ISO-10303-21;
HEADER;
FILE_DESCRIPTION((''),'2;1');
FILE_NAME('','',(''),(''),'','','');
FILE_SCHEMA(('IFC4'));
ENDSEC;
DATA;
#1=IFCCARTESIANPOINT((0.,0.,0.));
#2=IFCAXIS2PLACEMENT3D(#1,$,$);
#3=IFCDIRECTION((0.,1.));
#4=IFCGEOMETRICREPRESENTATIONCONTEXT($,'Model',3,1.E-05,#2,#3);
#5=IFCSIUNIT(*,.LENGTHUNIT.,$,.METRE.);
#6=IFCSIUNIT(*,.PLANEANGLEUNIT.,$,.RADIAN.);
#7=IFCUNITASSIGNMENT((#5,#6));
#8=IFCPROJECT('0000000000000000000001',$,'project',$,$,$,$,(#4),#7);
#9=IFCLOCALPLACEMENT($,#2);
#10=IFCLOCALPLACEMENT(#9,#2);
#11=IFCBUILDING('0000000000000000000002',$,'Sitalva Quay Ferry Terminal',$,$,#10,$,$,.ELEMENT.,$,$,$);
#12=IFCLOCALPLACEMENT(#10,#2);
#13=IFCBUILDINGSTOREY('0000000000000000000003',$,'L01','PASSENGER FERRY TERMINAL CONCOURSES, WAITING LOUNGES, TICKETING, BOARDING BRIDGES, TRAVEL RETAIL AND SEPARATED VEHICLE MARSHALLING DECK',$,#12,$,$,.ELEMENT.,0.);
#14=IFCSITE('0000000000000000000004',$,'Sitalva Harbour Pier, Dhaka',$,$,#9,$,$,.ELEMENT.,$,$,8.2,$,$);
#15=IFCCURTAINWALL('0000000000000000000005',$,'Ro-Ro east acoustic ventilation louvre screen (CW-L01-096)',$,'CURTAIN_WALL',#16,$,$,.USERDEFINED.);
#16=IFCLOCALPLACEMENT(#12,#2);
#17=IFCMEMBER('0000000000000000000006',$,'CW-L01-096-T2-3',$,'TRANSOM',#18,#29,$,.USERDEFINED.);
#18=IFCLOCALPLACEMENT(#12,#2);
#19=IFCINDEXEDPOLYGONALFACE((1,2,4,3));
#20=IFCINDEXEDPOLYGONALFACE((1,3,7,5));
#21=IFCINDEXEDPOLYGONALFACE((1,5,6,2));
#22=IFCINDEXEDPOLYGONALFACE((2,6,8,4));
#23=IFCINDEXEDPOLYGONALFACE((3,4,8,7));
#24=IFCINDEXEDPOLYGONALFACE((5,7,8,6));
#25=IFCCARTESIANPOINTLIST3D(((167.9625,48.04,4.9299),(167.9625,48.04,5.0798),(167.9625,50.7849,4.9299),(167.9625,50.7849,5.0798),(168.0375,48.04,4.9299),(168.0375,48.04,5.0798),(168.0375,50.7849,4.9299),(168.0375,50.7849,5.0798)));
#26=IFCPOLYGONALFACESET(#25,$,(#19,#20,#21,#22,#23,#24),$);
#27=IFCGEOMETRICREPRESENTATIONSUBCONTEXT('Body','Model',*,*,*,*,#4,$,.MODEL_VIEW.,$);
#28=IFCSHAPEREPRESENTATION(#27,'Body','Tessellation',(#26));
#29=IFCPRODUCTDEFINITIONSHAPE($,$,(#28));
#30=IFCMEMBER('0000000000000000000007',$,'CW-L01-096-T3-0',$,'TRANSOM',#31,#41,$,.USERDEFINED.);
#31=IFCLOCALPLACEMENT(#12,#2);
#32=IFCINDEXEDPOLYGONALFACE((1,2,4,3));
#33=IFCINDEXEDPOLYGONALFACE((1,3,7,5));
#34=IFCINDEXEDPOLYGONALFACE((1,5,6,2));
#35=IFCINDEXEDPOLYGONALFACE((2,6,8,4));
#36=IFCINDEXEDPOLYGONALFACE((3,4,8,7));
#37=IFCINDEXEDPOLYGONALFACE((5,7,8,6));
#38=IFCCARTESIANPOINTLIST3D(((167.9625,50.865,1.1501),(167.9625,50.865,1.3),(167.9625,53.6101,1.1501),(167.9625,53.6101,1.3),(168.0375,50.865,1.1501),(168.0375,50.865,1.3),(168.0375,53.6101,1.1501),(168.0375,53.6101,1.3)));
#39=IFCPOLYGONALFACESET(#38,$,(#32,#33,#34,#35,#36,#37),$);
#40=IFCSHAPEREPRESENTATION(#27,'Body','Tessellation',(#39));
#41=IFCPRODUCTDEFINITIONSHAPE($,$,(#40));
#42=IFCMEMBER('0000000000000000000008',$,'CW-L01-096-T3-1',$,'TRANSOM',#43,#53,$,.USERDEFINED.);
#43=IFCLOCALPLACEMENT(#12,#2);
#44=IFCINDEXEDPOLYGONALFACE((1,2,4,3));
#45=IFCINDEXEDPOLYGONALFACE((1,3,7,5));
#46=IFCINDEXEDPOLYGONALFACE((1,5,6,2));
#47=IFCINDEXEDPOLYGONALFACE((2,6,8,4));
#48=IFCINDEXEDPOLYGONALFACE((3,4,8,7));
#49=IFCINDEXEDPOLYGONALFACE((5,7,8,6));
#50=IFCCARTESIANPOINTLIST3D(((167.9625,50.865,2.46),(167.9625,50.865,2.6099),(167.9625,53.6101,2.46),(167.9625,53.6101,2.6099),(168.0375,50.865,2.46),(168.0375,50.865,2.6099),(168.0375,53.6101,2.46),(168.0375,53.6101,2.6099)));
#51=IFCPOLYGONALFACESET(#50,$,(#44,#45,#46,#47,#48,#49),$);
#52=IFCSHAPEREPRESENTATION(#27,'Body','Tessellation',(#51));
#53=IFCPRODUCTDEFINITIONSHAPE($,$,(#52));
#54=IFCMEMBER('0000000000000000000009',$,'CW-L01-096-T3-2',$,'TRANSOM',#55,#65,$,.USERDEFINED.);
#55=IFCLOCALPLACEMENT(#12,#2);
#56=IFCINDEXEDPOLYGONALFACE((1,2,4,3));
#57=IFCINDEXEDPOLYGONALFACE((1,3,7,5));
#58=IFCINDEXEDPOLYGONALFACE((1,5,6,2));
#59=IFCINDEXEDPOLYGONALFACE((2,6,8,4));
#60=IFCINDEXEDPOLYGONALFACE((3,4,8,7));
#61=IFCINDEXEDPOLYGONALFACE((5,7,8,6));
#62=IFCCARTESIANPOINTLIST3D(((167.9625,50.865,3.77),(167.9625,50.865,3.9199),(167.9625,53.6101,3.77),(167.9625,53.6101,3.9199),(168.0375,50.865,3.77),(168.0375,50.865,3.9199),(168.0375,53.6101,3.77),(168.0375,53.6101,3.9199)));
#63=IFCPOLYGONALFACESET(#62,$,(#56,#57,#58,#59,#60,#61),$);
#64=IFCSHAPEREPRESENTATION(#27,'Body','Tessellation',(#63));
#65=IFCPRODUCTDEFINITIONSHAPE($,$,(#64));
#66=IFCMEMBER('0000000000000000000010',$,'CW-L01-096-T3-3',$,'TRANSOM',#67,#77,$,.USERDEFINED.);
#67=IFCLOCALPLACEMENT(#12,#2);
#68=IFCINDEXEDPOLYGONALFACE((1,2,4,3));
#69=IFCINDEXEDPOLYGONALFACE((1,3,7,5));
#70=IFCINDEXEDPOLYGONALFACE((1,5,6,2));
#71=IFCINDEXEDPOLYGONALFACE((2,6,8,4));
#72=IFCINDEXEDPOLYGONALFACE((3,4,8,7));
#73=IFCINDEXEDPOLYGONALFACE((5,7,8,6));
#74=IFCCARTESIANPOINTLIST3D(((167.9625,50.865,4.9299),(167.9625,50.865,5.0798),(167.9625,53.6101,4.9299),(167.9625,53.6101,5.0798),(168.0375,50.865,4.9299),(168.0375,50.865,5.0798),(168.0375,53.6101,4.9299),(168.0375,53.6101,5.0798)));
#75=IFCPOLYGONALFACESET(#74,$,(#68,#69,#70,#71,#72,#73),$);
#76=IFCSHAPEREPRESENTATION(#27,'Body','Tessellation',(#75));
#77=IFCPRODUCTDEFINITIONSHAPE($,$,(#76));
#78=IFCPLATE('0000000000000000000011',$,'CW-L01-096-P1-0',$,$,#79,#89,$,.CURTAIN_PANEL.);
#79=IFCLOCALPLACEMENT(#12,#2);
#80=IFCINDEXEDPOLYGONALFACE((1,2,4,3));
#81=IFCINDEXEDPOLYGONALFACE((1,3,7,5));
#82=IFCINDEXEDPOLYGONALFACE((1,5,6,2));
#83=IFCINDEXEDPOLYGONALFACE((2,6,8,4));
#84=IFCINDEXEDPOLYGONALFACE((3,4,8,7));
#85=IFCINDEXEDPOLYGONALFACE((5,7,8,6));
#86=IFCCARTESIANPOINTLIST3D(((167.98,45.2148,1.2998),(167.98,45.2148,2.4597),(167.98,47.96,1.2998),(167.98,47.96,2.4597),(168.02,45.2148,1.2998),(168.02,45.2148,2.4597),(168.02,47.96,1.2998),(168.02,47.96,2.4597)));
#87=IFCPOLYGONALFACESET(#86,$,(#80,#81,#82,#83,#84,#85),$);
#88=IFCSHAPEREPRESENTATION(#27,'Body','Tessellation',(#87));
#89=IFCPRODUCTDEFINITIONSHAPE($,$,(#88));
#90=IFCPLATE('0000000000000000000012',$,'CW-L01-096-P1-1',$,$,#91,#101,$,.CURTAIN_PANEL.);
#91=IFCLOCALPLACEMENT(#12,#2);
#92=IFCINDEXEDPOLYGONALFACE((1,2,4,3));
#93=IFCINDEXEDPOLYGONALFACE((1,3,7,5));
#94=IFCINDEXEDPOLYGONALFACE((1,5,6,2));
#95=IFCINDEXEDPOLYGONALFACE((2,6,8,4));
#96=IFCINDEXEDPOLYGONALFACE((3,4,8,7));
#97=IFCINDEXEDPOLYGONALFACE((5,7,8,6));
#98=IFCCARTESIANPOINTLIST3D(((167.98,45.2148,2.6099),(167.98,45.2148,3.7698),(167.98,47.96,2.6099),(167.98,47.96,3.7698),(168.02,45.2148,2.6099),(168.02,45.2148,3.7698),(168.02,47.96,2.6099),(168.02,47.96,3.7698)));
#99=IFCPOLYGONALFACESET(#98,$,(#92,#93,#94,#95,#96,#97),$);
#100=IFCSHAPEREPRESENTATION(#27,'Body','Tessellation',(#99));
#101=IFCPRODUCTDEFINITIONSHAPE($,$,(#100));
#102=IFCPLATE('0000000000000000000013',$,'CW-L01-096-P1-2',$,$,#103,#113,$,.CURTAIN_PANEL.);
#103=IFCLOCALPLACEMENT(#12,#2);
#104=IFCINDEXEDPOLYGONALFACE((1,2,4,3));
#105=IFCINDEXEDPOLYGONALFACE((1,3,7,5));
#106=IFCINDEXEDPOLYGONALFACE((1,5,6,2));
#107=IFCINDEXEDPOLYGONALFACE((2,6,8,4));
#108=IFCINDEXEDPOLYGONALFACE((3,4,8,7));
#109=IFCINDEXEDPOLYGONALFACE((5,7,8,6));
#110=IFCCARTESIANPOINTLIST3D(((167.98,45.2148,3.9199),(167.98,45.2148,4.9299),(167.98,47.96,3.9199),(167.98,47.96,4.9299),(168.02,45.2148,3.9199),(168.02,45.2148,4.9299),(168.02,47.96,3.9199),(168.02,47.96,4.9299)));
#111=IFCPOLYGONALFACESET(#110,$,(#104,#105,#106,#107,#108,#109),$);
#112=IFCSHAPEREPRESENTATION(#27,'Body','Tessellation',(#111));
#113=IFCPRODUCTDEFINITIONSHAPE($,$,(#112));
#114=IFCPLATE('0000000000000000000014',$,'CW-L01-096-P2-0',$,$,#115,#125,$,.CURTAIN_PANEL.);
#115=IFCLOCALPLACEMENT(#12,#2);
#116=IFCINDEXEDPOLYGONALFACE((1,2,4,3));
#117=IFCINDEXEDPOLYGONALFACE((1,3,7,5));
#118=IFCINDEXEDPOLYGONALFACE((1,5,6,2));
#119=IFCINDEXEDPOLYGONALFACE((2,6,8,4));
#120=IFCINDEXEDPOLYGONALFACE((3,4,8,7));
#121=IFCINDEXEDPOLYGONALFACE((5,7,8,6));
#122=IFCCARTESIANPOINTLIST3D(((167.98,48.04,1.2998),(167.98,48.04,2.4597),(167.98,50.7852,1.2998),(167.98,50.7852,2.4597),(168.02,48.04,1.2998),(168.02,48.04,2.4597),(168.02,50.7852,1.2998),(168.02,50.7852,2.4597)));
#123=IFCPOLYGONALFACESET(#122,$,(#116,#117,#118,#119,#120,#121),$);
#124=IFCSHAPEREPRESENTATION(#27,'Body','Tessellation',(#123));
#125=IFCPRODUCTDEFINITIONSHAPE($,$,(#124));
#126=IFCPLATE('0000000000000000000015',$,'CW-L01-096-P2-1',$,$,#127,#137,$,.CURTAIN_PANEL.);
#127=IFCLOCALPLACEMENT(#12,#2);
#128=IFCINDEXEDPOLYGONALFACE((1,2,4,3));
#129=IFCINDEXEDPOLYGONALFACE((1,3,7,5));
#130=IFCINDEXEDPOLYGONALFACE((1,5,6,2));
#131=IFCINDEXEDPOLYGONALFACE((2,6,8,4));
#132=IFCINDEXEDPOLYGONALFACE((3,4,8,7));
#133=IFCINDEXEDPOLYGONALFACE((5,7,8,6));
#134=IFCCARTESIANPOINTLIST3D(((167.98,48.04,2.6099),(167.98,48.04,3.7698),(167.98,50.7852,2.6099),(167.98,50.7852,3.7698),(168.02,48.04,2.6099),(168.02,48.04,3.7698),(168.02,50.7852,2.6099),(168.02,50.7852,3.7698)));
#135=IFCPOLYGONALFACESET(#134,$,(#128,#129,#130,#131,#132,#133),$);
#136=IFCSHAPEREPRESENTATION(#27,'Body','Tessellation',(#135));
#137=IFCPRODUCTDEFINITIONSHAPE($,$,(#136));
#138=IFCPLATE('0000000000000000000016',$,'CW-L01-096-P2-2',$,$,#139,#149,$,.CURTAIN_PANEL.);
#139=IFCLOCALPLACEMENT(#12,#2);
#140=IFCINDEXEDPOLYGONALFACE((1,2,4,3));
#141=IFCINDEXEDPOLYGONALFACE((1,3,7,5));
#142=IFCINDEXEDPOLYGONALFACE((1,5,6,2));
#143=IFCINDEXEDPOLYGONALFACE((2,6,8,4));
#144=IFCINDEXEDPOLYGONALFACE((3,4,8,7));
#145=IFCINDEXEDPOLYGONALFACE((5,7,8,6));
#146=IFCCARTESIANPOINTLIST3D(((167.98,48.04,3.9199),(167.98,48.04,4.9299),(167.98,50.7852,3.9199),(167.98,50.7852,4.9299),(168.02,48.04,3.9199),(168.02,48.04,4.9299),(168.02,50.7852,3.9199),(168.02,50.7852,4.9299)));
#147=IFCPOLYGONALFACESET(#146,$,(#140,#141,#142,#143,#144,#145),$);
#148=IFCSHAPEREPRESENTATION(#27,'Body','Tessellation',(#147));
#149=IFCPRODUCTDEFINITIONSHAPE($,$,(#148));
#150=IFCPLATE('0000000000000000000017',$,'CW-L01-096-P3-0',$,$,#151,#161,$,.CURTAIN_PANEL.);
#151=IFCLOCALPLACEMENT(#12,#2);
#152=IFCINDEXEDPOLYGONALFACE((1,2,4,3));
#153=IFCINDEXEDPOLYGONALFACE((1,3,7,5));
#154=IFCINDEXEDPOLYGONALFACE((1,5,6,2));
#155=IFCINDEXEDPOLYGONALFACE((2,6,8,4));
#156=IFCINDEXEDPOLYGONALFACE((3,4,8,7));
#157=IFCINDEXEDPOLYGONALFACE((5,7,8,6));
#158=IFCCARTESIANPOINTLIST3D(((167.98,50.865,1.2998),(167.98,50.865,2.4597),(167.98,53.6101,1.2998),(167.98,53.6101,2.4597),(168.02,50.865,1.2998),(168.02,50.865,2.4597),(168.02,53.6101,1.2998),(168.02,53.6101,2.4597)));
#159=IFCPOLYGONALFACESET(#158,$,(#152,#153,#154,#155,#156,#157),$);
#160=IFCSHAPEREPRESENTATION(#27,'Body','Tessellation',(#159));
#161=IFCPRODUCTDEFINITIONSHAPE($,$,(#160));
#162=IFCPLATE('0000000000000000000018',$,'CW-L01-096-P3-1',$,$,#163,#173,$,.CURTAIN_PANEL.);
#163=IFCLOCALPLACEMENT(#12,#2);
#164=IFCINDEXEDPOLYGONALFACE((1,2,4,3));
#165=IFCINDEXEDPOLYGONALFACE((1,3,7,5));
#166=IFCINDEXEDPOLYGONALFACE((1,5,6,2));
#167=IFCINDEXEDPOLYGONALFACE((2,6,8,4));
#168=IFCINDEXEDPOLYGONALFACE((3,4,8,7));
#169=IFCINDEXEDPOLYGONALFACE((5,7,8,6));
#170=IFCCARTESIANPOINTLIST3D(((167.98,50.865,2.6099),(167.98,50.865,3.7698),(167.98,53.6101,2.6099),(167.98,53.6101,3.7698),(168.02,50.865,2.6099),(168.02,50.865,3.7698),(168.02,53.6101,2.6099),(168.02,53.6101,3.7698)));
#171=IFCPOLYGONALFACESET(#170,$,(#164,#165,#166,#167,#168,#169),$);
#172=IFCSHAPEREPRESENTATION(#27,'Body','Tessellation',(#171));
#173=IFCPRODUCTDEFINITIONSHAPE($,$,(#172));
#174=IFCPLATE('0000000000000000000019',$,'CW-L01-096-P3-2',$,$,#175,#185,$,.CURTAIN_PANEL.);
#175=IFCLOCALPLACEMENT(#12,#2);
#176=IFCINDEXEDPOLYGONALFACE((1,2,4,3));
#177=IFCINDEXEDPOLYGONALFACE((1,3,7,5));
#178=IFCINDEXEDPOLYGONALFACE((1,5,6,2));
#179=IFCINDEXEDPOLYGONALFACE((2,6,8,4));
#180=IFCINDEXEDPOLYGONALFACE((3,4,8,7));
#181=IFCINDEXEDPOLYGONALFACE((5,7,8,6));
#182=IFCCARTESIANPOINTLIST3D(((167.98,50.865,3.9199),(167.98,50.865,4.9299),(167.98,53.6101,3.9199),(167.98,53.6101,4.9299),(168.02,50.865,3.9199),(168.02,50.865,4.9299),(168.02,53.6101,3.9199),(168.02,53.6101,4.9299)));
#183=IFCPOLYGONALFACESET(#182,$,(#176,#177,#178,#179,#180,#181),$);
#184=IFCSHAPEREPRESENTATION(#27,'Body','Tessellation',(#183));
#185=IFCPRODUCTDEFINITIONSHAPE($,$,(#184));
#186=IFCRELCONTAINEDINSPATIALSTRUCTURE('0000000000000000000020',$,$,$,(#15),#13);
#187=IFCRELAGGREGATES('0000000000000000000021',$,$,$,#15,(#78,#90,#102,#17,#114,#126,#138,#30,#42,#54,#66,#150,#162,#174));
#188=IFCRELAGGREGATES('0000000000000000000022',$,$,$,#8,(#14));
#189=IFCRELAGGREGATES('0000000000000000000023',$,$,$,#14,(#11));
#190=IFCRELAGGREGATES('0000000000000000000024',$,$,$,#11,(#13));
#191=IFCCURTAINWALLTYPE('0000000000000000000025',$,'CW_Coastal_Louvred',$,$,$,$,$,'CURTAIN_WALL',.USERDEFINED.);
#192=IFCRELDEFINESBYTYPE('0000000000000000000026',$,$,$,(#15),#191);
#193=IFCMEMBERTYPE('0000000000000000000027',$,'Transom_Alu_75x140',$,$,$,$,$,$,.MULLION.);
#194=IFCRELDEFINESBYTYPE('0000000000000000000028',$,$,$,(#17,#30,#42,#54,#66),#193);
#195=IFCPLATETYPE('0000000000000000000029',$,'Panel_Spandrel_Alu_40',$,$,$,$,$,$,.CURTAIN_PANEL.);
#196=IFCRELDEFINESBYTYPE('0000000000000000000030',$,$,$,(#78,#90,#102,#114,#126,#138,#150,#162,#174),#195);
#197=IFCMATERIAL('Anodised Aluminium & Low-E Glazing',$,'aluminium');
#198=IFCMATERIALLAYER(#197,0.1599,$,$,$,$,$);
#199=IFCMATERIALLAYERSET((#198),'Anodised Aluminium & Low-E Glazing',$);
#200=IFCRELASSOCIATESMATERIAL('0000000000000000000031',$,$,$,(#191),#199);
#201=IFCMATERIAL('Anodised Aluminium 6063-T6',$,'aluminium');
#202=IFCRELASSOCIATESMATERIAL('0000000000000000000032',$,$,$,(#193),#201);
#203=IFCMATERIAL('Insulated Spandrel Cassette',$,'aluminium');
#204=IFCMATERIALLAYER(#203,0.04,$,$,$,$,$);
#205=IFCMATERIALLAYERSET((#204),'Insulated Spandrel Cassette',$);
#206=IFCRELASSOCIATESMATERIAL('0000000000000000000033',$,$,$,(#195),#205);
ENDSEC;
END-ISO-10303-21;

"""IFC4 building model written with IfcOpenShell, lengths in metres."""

from ifc_helpers import new_model, si_unit, direction, frame, origin, origin_2d, place, context, subcontext, project, spatial, rectangle, extrude, material, layer, layer_set, material_profile, profile_set, type_object, element, aggregate, save


model = new_model("IFC4")

# Units and contexts
model_context = context("Model", 3, precision=1e-05, world=origin(), true_north=direction((0.0, 1.0)))
body_context = subcontext(model_context, "Body", "Model", "MODEL_VIEW")
ifc_project = project(units=[si_unit("LENGTHUNIT", "METRE"), si_unit("PLANEANGLEUNIT", "RADIAN")], contexts=[model_context])

# Site, building, storey
site_placement = place(None, origin())
site = spatial("IfcSite", under=ifc_project, at=site_placement, Name="Sitalva Harbour Pier, Dhaka", CompositionType="ELEMENT", RefElevation=8.2)
building_placement = place(site_placement, origin())
building = spatial("IfcBuilding", under=site, at=building_placement, Name="Sitalva Quay Ferry Terminal", CompositionType="ELEMENT")
storey_placement = place(building_placement, origin())
storey = spatial("IfcBuildingStorey", under=building, at=storey_placement, Name="L01", Description="PASSENGER FERRY TERMINAL CONCOURSES, WAITING LOUNGES, TICKETING, BOARDING BRIDGES, TRAVEL RETAIL AND SEPARATED VEHICLE MARSHALLING DECK", CompositionType="ELEMENT", Elevation=0.0)

# Curtain wall, members, plates
ifc_material_1 = material(Name="Anodised Aluminium & Low-E Glazing", Category="aluminium")
ifc_layer_1 = layer(ifc_material_1, 0.1599)
ifc_layer_set_1 = layer_set([ifc_layer_1], Name="Anodised Aluminium & Low-E Glazing")
curtain_wall_type = type_object("IfcCurtainWallType", Name="CW_Coastal_Louvred", ElementType="CURTAIN_WALL", PredefinedType="USERDEFINED", material=ifc_layer_set_1)
curtain_wall_placement = place(storey_placement, origin())
curtain_wall = element("IfcCurtainWall", 1, at=curtain_wall_placement, inside=storey, type_object=curtain_wall_type, Name="Ro-Ro east acoustic ventilation louvre screen (CW-L01-096)", ObjectType="CURTAIN_WALL", PredefinedType="USERDEFINED")
ifc_material_2 = material(Name="Anodised Aluminium 6063-T6", Category="aluminium")
ifc_material_profile_1 = material_profile(ifc_material_2, rectangle(XDim=0.075, YDim=0.1499, at=origin_2d()), Name="ALU75x150")
ifc_profile_set_1 = profile_set([ifc_material_profile_1], Name="Anodised Aluminium 6063-T6")
member_type_1 = type_object("IfcMemberType", Name="Transom_Alu_75x140", PredefinedType="MULLION", material=ifc_profile_set_1)
member_1_placement = place(storey_placement, frame((168.0, 48.04, 5.0049), z_axis=(0.0, 1.0, 0.0), x_axis=(-1.0, 0.0, 0.0)))
member_1 = element("IfcMember", 2, at=member_1_placement, type_object=member_type_1, Name="CW-L01-096-T2-3", ObjectType="TRANSOM", PredefinedType="USERDEFINED", context=body_context, shape_type="SweptSolid", body=[
    extrude(rectangle(XDim=0.075, YDim=0.1499, at=origin_2d()), origin(), (0.0, 0.0, 1.0), 2.7449),
])
member_2_placement = place(storey_placement, frame((168.0, 50.865, 1.2251), z_axis=(0.0, 1.0, 0.0), x_axis=(-1.0, 0.0, 0.0)))
member_2 = element("IfcMember", 3, at=member_2_placement, type_object=member_type_1, Name="CW-L01-096-T3-0", ObjectType="TRANSOM", PredefinedType="USERDEFINED", context=body_context, shape_type="SweptSolid", body=[
    extrude(rectangle(XDim=0.075, YDim=0.1499, at=origin_2d()), origin(), (0.0, 0.0, 1.0), 2.7451),
])
member_3_placement = place(storey_placement, frame((168.0, 50.865, 2.5349), z_axis=(0.0, 1.0, 0.0), x_axis=(-1.0, 0.0, 0.0)))
member_3 = element("IfcMember", 4, at=member_3_placement, type_object=member_type_1, Name="CW-L01-096-T3-1", ObjectType="TRANSOM", PredefinedType="USERDEFINED", context=body_context, shape_type="SweptSolid", body=[
    extrude(rectangle(XDim=0.075, YDim=0.1499, at=origin_2d()), origin(), (0.0, 0.0, 1.0), 2.7451),
])
member_4_placement = place(storey_placement, frame((168.0, 50.865, 3.845), z_axis=(0.0, 1.0, 0.0), x_axis=(-1.0, 0.0, 0.0)))
member_4 = element("IfcMember", 5, at=member_4_placement, type_object=member_type_1, Name="CW-L01-096-T3-2", ObjectType="TRANSOM", PredefinedType="USERDEFINED", context=body_context, shape_type="SweptSolid", body=[
    extrude(rectangle(XDim=0.075, YDim=0.1499, at=origin_2d()), origin(), (0.0, 0.0, 1.0), 2.7451),
])
member_5_placement = place(storey_placement, frame((168.0, 50.865, 5.0049), z_axis=(0.0, 1.0, 0.0), x_axis=(-1.0, 0.0, 0.0)))
member_5 = element("IfcMember", 6, at=member_5_placement, type_object=member_type_1, Name="CW-L01-096-T3-3", ObjectType="TRANSOM", PredefinedType="USERDEFINED", context=body_context, shape_type="SweptSolid", body=[
    extrude(rectangle(XDim=0.075, YDim=0.1499, at=origin_2d()), origin(), (0.0, 0.0, 1.0), 2.7451),
])
ifc_material_3 = material(Name="Insulated Spandrel Cassette", Category="aluminium")
ifc_layer_2 = layer(ifc_material_3, 0.04)
ifc_layer_set_2 = layer_set([ifc_layer_2], Name="Insulated Spandrel Cassette")
plate_type = type_object("IfcPlateType", Name="Panel_Spandrel_Alu_40", PredefinedType="CURTAIN_PANEL", material=ifc_layer_set_2)
plate_1_placement = place(storey_placement, frame((168.0, 46.5874, 1.2998), z_axis=(0.0, 0.0, 1.0), x_axis=(0.0, 1.0, 0.0)))
plate_1 = element("IfcPlate", 7, at=plate_1_placement, type_object=plate_type, Name="CW-L01-096-P1-0", PredefinedType="CURTAIN_PANEL", context=body_context, shape_type="SweptSolid", body=[
    extrude(rectangle(XDim=2.7451, YDim=0.04, at=origin_2d()), origin(), (0.0, 0.0, 1.0), 1.1599),
])
plate_2_placement = place(storey_placement, frame((168.0, 46.5874, 2.6099), z_axis=(0.0, 0.0, 1.0), x_axis=(0.0, 1.0, 0.0)))
plate_2 = element("IfcPlate", 8, at=plate_2_placement, type_object=plate_type, Name="CW-L01-096-P1-1", PredefinedType="CURTAIN_PANEL", context=body_context, shape_type="SweptSolid", body=[
    extrude(rectangle(XDim=2.7451, YDim=0.04, at=origin_2d()), origin(), (0.0, 0.0, 1.0), 1.1599),
])
plate_3_placement = place(storey_placement, frame((168.0, 46.5874, 3.9199), z_axis=(0.0, 0.0, 1.0), x_axis=(0.0, 1.0, 0.0)))
plate_3 = element("IfcPlate", 9, at=plate_3_placement, type_object=plate_type, Name="CW-L01-096-P1-2", PredefinedType="CURTAIN_PANEL", context=body_context, shape_type="SweptSolid", body=[
    extrude(rectangle(XDim=2.7451, YDim=0.04, at=origin_2d()), origin(), (0.0, 0.0, 1.0), 1.01),
])
plate_4_placement = place(storey_placement, frame((168.0, 49.4126, 1.2998), z_axis=(0.0, 0.0, 1.0), x_axis=(0.0, 1.0, 0.0)))
plate_4 = element("IfcPlate", 10, at=plate_4_placement, type_object=plate_type, Name="CW-L01-096-P2-0", PredefinedType="CURTAIN_PANEL", context=body_context, shape_type="SweptSolid", body=[
    extrude(rectangle(XDim=2.7451, YDim=0.04, at=origin_2d()), origin(), (0.0, 0.0, 1.0), 1.1599),
])
plate_5_placement = place(storey_placement, frame((168.0, 49.4126, 2.6099), z_axis=(0.0, 0.0, 1.0), x_axis=(0.0, 1.0, 0.0)))
plate_5 = element("IfcPlate", 11, at=plate_5_placement, type_object=plate_type, Name="CW-L01-096-P2-1", PredefinedType="CURTAIN_PANEL", context=body_context, shape_type="SweptSolid", body=[
    extrude(rectangle(XDim=2.7451, YDim=0.04, at=origin_2d()), origin(), (0.0, 0.0, 1.0), 1.1599),
])
plate_6_placement = place(storey_placement, frame((168.0, 49.4126, 3.9199), z_axis=(0.0, 0.0, 1.0), x_axis=(0.0, 1.0, 0.0)))
plate_6 = element("IfcPlate", 12, at=plate_6_placement, type_object=plate_type, Name="CW-L01-096-P2-2", PredefinedType="CURTAIN_PANEL", context=body_context, shape_type="SweptSolid", body=[
    extrude(rectangle(XDim=2.7451, YDim=0.04, at=origin_2d()), origin(), (0.0, 0.0, 1.0), 1.01),
])
plate_7_placement = place(storey_placement, frame((168.0, 52.2375, 1.2998), z_axis=(0.0, 0.0, 1.0), x_axis=(0.0, 1.0, 0.0)))
plate_7 = element("IfcPlate", 13, at=plate_7_placement, type_object=plate_type, Name="CW-L01-096-P3-0", PredefinedType="CURTAIN_PANEL", context=body_context, shape_type="SweptSolid", body=[
    extrude(rectangle(XDim=2.7451, YDim=0.04, at=origin_2d()), origin(), (0.0, 0.0, 1.0), 1.1599),
])
plate_8_placement = place(storey_placement, frame((168.0, 52.2375, 2.6099), z_axis=(0.0, 0.0, 1.0), x_axis=(0.0, 1.0, 0.0)))
plate_8 = element("IfcPlate", 14, at=plate_8_placement, type_object=plate_type, Name="CW-L01-096-P3-1", PredefinedType="CURTAIN_PANEL", context=body_context, shape_type="SweptSolid", body=[
    extrude(rectangle(XDim=2.7451, YDim=0.04, at=origin_2d()), origin(), (0.0, 0.0, 1.0), 1.1599),
])
plate_9_placement = place(storey_placement, frame((168.0, 52.2375, 3.9199), z_axis=(0.0, 0.0, 1.0), x_axis=(0.0, 1.0, 0.0)))
plate_9 = element("IfcPlate", 15, at=plate_9_placement, type_object=plate_type, Name="CW-L01-096-P3-2", PredefinedType="CURTAIN_PANEL", context=body_context, shape_type="SweptSolid", body=[
    extrude(rectangle(XDim=2.7451, YDim=0.04, at=origin_2d()), origin(), (0.0, 0.0, 1.0), 1.01),
])
aggregate(curtain_wall, [plate_1, plate_2, plate_3, member_1, plate_4, plate_5, plate_6, member_2, member_3, member_4, member_5, plate_7, plate_8, plate_9])

save(model, "model.ifc")
